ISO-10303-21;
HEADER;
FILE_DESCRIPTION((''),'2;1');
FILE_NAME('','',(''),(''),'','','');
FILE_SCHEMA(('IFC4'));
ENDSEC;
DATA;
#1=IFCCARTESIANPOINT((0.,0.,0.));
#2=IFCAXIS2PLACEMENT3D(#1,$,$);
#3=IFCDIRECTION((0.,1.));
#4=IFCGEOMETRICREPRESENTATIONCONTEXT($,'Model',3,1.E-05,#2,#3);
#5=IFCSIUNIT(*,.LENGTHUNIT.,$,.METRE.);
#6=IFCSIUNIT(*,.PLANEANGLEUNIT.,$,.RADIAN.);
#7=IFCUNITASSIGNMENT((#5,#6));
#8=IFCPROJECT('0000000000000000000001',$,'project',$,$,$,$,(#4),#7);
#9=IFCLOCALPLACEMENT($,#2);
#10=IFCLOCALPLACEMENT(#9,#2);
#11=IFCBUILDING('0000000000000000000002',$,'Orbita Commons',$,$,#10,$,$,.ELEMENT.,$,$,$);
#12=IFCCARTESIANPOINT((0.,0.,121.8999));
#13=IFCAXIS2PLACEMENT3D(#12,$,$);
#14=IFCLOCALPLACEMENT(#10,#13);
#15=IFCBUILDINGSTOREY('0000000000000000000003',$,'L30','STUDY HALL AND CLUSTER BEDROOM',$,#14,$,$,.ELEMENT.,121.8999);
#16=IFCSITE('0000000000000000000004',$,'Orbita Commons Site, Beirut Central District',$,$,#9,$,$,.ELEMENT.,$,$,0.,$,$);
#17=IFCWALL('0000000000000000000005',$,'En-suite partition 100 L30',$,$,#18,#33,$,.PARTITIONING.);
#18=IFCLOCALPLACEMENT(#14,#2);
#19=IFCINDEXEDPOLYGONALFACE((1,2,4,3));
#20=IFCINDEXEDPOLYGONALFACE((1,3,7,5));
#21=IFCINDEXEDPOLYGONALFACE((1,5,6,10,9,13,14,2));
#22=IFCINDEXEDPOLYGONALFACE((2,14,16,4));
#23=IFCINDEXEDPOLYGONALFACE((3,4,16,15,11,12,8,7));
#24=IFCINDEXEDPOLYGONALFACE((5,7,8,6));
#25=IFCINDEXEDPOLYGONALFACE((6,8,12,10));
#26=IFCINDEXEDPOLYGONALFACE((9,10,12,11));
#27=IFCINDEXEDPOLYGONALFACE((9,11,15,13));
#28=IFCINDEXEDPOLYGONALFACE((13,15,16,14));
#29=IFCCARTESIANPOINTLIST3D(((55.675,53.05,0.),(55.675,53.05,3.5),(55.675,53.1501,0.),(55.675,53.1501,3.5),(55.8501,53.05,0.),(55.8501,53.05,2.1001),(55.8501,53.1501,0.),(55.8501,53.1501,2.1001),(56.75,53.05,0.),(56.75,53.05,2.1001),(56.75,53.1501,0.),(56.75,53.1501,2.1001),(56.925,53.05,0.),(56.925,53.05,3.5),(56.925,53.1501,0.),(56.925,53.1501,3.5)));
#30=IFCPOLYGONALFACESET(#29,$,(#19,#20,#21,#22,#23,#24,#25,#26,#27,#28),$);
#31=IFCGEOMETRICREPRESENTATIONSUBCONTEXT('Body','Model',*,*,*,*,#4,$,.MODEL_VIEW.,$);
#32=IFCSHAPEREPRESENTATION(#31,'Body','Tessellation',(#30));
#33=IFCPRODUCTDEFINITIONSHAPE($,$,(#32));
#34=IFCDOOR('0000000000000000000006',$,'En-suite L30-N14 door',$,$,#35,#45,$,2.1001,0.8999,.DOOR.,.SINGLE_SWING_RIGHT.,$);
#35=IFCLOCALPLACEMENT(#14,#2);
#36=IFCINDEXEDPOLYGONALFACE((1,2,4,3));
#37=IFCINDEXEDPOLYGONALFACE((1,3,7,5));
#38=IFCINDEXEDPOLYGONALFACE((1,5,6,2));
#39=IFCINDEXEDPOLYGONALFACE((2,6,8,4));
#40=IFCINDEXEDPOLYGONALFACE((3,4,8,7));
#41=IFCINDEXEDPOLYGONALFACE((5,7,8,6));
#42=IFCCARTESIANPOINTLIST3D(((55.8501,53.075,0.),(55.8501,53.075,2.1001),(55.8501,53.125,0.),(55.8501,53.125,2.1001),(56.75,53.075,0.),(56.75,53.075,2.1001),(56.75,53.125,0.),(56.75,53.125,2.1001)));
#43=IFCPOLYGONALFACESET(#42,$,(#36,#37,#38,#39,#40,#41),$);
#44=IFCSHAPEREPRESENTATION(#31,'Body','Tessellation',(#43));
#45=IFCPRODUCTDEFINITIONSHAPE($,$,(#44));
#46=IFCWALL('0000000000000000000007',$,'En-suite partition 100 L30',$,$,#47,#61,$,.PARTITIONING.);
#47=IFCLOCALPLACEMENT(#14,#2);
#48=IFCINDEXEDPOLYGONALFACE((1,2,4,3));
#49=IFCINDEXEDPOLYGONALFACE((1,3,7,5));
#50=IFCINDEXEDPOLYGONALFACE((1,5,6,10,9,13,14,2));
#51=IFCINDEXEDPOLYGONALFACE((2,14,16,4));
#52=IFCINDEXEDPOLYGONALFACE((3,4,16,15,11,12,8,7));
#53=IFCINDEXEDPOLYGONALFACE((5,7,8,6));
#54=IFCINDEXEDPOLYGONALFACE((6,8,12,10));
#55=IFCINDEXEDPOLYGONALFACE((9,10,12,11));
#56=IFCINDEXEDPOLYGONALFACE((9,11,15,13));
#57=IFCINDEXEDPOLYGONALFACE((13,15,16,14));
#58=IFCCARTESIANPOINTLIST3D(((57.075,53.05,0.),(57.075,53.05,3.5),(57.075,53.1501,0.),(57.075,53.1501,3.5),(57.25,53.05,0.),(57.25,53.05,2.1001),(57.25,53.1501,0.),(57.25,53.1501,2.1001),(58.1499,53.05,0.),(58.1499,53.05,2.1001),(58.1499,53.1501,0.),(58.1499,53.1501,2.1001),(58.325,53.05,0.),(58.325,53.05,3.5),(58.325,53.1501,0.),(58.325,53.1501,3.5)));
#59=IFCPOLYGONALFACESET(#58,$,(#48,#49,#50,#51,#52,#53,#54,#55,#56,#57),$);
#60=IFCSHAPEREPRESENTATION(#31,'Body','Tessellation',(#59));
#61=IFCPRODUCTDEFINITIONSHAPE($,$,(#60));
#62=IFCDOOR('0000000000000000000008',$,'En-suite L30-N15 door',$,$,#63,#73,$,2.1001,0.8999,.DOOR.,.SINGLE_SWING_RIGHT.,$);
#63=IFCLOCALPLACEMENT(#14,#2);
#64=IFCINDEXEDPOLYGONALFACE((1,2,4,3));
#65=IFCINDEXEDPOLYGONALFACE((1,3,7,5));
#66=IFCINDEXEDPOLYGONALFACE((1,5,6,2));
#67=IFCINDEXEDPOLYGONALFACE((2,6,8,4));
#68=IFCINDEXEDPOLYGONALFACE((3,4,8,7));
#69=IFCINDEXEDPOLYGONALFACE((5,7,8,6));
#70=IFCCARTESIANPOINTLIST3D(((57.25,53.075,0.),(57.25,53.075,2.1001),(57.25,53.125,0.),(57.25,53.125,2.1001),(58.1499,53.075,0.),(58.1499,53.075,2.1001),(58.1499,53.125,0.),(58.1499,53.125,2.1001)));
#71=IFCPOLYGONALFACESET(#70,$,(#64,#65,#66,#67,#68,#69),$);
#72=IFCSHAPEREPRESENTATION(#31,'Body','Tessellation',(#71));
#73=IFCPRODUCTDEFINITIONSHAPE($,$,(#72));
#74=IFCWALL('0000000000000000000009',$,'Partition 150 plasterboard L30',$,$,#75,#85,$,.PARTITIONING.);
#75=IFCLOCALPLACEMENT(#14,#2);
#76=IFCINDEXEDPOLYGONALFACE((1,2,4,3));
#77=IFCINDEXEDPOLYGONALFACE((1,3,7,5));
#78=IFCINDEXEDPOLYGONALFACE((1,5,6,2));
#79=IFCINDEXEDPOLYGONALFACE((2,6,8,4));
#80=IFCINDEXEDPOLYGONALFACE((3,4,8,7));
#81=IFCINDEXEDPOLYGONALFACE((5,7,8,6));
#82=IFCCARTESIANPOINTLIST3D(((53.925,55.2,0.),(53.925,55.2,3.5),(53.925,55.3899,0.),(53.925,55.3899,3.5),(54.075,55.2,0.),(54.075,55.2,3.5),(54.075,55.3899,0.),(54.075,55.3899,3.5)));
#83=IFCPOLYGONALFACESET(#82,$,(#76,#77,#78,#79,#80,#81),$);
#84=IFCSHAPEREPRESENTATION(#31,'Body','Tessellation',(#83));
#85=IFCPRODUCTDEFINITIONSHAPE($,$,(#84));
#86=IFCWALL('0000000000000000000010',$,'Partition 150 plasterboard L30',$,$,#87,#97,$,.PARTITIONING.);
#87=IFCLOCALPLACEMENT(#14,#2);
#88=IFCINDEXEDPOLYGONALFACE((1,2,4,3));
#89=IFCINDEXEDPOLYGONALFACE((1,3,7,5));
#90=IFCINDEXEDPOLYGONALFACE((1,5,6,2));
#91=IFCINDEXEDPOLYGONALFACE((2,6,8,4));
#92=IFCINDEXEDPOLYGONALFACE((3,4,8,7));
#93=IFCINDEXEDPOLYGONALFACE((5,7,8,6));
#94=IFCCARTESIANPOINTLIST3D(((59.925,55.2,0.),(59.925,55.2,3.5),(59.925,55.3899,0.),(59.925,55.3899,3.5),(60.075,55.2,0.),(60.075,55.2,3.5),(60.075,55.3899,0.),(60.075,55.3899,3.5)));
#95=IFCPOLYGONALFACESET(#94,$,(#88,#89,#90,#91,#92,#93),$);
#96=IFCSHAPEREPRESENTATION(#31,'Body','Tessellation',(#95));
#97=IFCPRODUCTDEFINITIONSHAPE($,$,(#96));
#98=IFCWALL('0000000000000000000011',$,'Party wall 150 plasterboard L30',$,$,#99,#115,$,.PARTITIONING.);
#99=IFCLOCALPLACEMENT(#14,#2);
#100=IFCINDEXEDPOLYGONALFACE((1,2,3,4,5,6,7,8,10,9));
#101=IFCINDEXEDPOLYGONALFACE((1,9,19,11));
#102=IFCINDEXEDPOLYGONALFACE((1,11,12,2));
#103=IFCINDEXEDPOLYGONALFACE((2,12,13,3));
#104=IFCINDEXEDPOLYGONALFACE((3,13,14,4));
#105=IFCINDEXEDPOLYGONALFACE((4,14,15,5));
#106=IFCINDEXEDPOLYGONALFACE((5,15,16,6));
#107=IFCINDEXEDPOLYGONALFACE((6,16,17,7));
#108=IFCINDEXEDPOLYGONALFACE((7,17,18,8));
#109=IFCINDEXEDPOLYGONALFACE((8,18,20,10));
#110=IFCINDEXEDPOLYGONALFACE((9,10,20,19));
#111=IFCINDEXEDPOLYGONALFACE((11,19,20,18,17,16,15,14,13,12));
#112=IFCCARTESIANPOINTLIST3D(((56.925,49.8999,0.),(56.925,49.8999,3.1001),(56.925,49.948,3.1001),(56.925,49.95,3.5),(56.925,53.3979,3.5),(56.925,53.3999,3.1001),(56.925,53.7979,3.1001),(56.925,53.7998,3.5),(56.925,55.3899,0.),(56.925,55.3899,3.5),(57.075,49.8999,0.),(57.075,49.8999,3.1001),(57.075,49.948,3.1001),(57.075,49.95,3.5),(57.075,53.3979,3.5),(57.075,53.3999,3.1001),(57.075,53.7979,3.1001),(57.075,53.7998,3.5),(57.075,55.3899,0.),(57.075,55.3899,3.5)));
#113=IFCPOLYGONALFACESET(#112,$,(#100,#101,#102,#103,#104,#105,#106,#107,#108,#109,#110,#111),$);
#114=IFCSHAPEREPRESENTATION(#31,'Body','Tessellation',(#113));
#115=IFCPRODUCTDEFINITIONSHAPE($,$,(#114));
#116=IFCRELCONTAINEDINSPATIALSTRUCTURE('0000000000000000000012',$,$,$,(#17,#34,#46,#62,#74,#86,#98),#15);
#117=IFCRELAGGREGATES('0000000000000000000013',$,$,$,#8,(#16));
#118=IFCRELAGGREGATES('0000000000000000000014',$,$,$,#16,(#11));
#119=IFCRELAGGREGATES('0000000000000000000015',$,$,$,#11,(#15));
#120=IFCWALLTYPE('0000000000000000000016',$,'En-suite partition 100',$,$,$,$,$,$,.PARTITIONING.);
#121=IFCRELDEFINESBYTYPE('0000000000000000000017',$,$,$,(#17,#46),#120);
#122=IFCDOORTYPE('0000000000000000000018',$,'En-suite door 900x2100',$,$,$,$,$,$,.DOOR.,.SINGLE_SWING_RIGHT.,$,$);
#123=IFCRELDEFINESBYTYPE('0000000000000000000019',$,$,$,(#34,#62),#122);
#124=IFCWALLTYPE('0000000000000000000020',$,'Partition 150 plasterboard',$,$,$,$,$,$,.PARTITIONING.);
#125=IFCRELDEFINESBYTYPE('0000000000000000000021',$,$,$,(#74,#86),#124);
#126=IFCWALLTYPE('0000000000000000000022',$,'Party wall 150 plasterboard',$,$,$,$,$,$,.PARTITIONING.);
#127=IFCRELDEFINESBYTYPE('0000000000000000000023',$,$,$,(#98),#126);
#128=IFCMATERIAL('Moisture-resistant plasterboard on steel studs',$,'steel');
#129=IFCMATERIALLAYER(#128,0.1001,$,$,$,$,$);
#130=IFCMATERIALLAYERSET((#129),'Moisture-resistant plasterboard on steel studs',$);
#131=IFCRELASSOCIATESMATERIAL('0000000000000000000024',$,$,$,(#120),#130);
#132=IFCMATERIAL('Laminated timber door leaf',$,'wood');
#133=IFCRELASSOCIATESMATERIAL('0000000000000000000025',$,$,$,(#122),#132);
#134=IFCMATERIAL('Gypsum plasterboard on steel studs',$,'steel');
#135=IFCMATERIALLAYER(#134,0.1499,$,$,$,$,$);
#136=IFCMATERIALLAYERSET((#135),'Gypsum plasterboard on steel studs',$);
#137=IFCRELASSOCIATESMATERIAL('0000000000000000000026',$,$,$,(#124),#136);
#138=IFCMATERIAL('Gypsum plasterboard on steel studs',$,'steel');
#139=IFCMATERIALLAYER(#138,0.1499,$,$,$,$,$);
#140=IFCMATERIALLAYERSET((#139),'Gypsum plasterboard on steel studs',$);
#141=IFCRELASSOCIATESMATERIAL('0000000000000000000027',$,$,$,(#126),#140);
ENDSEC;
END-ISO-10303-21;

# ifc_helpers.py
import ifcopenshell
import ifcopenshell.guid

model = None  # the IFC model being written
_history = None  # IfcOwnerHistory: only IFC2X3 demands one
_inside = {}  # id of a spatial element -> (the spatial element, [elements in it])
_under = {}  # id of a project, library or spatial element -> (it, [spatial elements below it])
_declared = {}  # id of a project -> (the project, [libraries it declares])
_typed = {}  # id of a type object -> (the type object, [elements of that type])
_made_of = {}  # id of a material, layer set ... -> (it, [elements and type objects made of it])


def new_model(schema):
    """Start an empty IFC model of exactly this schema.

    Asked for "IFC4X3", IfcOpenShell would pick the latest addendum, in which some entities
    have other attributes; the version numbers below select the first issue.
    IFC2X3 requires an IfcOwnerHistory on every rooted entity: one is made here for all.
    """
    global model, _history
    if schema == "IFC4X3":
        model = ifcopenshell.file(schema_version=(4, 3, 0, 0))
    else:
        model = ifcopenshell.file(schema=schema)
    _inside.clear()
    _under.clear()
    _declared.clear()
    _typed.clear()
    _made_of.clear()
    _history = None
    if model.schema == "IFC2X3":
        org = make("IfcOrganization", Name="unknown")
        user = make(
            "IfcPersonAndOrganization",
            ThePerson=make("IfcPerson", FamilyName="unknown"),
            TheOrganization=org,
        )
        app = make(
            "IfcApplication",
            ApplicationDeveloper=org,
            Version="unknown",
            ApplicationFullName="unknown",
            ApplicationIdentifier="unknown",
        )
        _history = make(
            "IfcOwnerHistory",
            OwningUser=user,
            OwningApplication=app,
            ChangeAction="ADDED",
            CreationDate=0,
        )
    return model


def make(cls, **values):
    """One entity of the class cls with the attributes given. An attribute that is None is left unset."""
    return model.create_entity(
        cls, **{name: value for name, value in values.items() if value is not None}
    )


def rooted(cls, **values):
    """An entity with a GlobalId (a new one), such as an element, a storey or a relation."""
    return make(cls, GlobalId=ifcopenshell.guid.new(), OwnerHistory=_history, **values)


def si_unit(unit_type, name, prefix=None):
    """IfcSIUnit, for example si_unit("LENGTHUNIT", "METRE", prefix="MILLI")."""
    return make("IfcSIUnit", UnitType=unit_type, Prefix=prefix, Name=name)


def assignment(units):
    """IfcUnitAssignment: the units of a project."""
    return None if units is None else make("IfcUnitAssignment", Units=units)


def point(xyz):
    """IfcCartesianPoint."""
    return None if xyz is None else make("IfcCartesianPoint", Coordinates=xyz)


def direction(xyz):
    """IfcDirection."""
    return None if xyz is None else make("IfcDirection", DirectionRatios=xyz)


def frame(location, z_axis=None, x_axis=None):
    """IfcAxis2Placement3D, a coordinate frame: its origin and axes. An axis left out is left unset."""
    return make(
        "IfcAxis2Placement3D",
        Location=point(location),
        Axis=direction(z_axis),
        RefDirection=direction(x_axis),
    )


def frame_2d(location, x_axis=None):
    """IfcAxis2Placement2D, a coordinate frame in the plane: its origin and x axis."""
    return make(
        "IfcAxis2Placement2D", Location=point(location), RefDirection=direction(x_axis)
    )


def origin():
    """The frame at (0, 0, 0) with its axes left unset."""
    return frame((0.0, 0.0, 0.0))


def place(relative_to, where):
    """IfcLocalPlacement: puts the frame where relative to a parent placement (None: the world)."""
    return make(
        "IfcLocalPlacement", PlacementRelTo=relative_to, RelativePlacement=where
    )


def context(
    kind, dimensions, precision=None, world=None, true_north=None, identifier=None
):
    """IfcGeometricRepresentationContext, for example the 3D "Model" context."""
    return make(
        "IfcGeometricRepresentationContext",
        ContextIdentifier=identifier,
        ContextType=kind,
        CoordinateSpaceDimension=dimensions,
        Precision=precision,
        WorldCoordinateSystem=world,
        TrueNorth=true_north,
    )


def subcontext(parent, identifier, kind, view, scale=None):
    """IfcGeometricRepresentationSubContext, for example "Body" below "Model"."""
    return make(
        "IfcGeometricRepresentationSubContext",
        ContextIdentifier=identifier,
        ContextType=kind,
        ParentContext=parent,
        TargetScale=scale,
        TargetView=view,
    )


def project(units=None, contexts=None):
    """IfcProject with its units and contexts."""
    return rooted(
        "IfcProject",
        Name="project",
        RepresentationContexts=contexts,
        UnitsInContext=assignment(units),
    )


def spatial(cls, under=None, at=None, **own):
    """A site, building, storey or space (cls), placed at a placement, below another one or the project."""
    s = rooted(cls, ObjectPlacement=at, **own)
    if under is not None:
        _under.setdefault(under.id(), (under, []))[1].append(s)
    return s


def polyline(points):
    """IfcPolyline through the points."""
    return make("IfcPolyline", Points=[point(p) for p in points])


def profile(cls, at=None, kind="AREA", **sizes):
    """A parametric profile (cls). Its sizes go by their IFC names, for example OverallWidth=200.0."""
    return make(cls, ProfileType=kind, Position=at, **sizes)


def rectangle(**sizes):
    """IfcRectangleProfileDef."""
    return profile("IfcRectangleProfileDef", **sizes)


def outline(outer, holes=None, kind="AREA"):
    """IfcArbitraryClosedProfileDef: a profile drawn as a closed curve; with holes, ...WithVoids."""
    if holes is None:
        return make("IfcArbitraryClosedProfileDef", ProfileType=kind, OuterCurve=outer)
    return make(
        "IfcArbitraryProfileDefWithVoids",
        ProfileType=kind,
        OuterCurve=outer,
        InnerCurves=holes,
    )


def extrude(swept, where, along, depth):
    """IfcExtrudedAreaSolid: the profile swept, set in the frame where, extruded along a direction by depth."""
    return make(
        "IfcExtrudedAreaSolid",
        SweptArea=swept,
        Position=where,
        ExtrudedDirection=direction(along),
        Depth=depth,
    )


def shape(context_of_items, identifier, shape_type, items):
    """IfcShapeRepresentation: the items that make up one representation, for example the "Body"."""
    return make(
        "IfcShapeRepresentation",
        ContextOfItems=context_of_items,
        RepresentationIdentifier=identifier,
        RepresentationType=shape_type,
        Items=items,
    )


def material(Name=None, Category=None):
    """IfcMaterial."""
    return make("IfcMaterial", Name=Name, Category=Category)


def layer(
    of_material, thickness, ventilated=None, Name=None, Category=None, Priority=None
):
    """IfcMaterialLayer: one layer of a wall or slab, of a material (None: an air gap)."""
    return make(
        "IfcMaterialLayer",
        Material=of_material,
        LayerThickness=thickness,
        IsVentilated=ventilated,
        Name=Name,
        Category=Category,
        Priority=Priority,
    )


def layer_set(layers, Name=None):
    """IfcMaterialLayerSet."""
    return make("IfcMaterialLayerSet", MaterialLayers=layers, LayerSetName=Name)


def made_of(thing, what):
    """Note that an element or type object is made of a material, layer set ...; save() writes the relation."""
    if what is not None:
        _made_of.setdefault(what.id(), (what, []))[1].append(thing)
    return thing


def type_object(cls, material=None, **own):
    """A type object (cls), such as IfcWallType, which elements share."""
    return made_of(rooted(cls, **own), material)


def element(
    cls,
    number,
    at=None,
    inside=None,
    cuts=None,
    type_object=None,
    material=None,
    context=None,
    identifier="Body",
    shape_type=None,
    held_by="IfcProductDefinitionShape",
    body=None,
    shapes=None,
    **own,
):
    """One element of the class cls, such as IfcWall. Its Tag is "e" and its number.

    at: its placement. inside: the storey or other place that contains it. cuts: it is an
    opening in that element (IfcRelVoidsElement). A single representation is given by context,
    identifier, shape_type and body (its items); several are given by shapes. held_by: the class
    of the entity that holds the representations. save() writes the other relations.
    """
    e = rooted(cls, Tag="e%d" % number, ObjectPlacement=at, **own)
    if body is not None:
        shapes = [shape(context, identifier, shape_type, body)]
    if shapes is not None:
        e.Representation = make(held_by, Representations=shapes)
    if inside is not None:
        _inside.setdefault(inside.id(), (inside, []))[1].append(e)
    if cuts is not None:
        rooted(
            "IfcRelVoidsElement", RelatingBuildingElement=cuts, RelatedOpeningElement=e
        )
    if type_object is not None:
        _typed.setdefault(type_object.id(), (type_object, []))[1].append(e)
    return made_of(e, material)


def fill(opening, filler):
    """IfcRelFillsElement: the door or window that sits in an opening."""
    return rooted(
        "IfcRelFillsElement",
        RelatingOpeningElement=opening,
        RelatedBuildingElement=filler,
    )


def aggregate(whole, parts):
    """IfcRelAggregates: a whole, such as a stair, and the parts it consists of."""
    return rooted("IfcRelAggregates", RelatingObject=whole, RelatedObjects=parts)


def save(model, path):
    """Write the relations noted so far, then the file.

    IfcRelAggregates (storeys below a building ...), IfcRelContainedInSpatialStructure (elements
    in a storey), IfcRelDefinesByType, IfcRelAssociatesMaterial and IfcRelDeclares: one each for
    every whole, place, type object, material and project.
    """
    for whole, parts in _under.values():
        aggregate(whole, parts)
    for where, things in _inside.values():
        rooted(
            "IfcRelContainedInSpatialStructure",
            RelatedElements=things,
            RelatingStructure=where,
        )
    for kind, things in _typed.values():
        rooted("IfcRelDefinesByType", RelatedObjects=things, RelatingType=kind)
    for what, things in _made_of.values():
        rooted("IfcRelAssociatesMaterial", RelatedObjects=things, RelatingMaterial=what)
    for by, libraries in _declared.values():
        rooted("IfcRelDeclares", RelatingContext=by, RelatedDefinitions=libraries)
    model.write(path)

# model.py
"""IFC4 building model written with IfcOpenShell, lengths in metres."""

from ifc_helpers import new_model, si_unit, direction, frame, frame_2d, origin, place, context, subcontext, project, spatial, polyline, rectangle, outline, extrude, material, layer, layer_set, type_object, element, fill, save


model = new_model("IFC4")

# Units and contexts
model_context = context("Model", 3, precision=1e-05, world=origin(), true_north=direction((0.0, 1.0)))
body_context = subcontext(model_context, "Body", "Model", "MODEL_VIEW")
ifc_project = project(units=[si_unit("LENGTHUNIT", "METRE"), si_unit("PLANEANGLEUNIT", "RADIAN")], contexts=[model_context])

# Site, building, storey
site_placement = place(None, origin())
site = spatial("IfcSite", under=ifc_project, at=site_placement, Name="Orbita Commons Site, Beirut Central District", CompositionType="ELEMENT", RefElevation=0.0)
building_placement = place(site_placement, origin())
building = spatial("IfcBuilding", under=site, at=building_placement, Name="Orbita Commons", CompositionType="ELEMENT")
storey_placement = place(building_placement, frame((0.0, 0.0, 121.8999)))
storey = spatial("IfcBuildingStorey", under=building, at=storey_placement, Name="L30", Description="STUDY HALL AND CLUSTER BEDROOM", CompositionType="ELEMENT", Elevation=121.8999)

# Walls, openings, doors
ifc_material_1 = material(Name="Moisture-resistant plasterboard on steel studs", Category="steel")
ifc_layer_1 = layer(ifc_material_1, 0.1001)
ifc_layer_set_1 = layer_set([ifc_layer_1], Name="Moisture-resistant plasterboard on steel studs")
wall_type_1 = type_object("IfcWallType", Name="En-suite partition 100", PredefinedType="PARTITIONING", material=ifc_layer_set_1)
wall_1_placement = place(storey_placement, frame((55.675, 53.1001, 0.0), z_axis=(0.0, 0.0, 1.0), x_axis=(1.0, 0.0, 0.0)))
wall_1 = element("IfcWall", 1, at=wall_1_placement, inside=storey, type_object=wall_type_1, Name="En-suite partition 100 L30", PredefinedType="PARTITIONING", context=body_context, shape_type="SweptSolid", body=[
    extrude(rectangle(XDim=1.25, YDim=0.1001, at=frame_2d((0.625, 0.0))), origin(), (0.0, 0.0, 1.0), 3.5),
])
opening_1_placement = place(wall_1_placement, frame((0.175, 0.0, 0.0)))
opening_1 = element("IfcOpeningElement", 2, at=opening_1_placement, cuts=wall_1, PredefinedType="OPENING", context=body_context, shape_type="SweptSolid", body=[
    extrude(rectangle(XDim=0.8999, YDim=2.1001, at=frame_2d((0.45, 1.05))), frame((0.0, 0.0601, 0.0), z_axis=(0.0, -1.0, 0.0), x_axis=(1.0, 0.0, 0.0)), (0.0, 0.0, 1.0), 0.1201),
])
ifc_material_2 = material(Name="Laminated timber door leaf", Category="wood")
door_type = type_object("IfcDoorType", Name="En-suite door 900x2100", OperationType="SINGLE_SWING_RIGHT", PredefinedType="DOOR", material=ifc_material_2)
door_1_placement = place(opening_1_placement, origin())
door_1 = element("IfcDoor", 3, at=door_1_placement, inside=storey, type_object=door_type, Name="En-suite L30-N14 door", OperationType="SINGLE_SWING_RIGHT", OverallHeight=2.1001, OverallWidth=0.8999, PredefinedType="DOOR", context=body_context, shape_type="SweptSolid", body=[
    extrude(rectangle(XDim=0.8999, YDim=2.1001, at=frame_2d((0.45, 1.05))), frame((0.0, 0.0249, 0.0), z_axis=(0.0, -1.0, 0.0), x_axis=(1.0, 0.0, 0.0)), (0.0, 0.0, 1.0), 0.05),
])
fill(opening_1, door_1)
wall_2_placement = place(storey_placement, frame((57.075, 53.1001, 0.0), z_axis=(0.0, 0.0, 1.0), x_axis=(1.0, 0.0, 0.0)))
wall_2 = element("IfcWall", 4, at=wall_2_placement, inside=storey, type_object=wall_type_1, Name="En-suite partition 100 L30", PredefinedType="PARTITIONING", context=body_context, shape_type="SweptSolid", body=[
    extrude(rectangle(XDim=1.25, YDim=0.1001, at=frame_2d((0.625, 0.0))), origin(), (0.0, 0.0, 1.0), 3.5),
])
opening_2_placement = place(wall_2_placement, frame((0.175, 0.0, 0.0)))
opening_2 = element("IfcOpeningElement", 5, at=opening_2_placement, cuts=wall_2, PredefinedType="OPENING", context=body_context, shape_type="SweptSolid", body=[
    extrude(rectangle(XDim=0.8999, YDim=2.1001, at=frame_2d((0.45, 1.05))), frame((0.0, 0.0601, 0.0), z_axis=(0.0, -1.0, 0.0), x_axis=(1.0, 0.0, 0.0)), (0.0, 0.0, 1.0), 0.1201),
])
door_2_placement = place(opening_2_placement, origin())
door_2 = element("IfcDoor", 6, at=door_2_placement, inside=storey, type_object=door_type, Name="En-suite L30-N15 door", OperationType="SINGLE_SWING_RIGHT", OverallHeight=2.1001, OverallWidth=0.8999, PredefinedType="DOOR", context=body_context, shape_type="SweptSolid", body=[
    extrude(rectangle(XDim=0.8999, YDim=2.1001, at=frame_2d((0.45, 1.05))), frame((0.0, 0.0249, 0.0), z_axis=(0.0, -1.0, 0.0), x_axis=(1.0, 0.0, 0.0)), (0.0, 0.0, 1.0), 0.05),
])
fill(opening_2, door_2)

# Walls
ifc_material_3 = material(Name="Gypsum plasterboard on steel studs", Category="steel")
ifc_layer_2 = layer(ifc_material_3, 0.1499)
ifc_layer_set_2 = layer_set([ifc_layer_2], Name="Gypsum plasterboard on steel studs")
wall_type_2 = type_object("IfcWallType", Name="Partition 150 plasterboard", PredefinedType="PARTITIONING", material=ifc_layer_set_2)
for number, where, z_axis, x_axis, name in (
    (7, (54.0, 55.2, 0.0), (0.0, 0.0, 1.0), (0.0, 1.0, 0.0), "Partition 150 plasterboard L30"),
    (8, (60.0, 55.2, 0.0), (0.0, 0.0, 1.0), (0.0, 1.0, 0.0), "Partition 150 plasterboard L30"),
):
    element("IfcWall", number, at=place(storey_placement, frame(where, z_axis=z_axis, x_axis=x_axis)), inside=storey, type_object=wall_type_2, Name=name, PredefinedType="PARTITIONING", context=body_context, shape_type="SweptSolid", body=[
        extrude(rectangle(XDim=0.1899, YDim=0.1499, at=frame_2d((0.095, 0.0))), origin(), (0.0, 0.0, 1.0), 3.5),
    ])
ifc_material_4 = material(Name="Gypsum plasterboard on steel studs", Category="steel")
ifc_layer_3 = layer(ifc_material_4, 0.1499)
ifc_layer_set_3 = layer_set([ifc_layer_3], Name="Gypsum plasterboard on steel studs")
wall_type_3 = type_object("IfcWallType", Name="Party wall 150 plasterboard", PredefinedType="PARTITIONING", material=ifc_layer_set_3)
wall_3_placement = place(storey_placement, frame((57.0, 55.3899, 0.0), z_axis=(0.0, 0.0, 1.0), x_axis=(0.0, -1.0, 0.0)))
element("IfcWall", 9, at=wall_3_placement, inside=storey, type_object=wall_type_3, Name="Party wall 150 plasterboard L30", PredefinedType="PARTITIONING", context=body_context, shape_type="SweptSolid", body=[
    extrude(outline(polyline([(0.0, 0.0), (5.49, 0.0), (5.49, 3.1001), (5.4419, 3.1001), (5.4399, 3.5), (1.9919, 3.5), (1.99, 3.1001), (1.592, 3.1001), (1.5901, 3.5), (0.0, 3.5), (0.0, 0.0)])), frame((0.0, 0.075, 0.0), z_axis=(0.0, -1.0, 0.0), x_axis=(1.0, 0.0, 0.0)), (0.0, 0.0, 1.0), 0.1499),
])

save(model, "model.ifc")
